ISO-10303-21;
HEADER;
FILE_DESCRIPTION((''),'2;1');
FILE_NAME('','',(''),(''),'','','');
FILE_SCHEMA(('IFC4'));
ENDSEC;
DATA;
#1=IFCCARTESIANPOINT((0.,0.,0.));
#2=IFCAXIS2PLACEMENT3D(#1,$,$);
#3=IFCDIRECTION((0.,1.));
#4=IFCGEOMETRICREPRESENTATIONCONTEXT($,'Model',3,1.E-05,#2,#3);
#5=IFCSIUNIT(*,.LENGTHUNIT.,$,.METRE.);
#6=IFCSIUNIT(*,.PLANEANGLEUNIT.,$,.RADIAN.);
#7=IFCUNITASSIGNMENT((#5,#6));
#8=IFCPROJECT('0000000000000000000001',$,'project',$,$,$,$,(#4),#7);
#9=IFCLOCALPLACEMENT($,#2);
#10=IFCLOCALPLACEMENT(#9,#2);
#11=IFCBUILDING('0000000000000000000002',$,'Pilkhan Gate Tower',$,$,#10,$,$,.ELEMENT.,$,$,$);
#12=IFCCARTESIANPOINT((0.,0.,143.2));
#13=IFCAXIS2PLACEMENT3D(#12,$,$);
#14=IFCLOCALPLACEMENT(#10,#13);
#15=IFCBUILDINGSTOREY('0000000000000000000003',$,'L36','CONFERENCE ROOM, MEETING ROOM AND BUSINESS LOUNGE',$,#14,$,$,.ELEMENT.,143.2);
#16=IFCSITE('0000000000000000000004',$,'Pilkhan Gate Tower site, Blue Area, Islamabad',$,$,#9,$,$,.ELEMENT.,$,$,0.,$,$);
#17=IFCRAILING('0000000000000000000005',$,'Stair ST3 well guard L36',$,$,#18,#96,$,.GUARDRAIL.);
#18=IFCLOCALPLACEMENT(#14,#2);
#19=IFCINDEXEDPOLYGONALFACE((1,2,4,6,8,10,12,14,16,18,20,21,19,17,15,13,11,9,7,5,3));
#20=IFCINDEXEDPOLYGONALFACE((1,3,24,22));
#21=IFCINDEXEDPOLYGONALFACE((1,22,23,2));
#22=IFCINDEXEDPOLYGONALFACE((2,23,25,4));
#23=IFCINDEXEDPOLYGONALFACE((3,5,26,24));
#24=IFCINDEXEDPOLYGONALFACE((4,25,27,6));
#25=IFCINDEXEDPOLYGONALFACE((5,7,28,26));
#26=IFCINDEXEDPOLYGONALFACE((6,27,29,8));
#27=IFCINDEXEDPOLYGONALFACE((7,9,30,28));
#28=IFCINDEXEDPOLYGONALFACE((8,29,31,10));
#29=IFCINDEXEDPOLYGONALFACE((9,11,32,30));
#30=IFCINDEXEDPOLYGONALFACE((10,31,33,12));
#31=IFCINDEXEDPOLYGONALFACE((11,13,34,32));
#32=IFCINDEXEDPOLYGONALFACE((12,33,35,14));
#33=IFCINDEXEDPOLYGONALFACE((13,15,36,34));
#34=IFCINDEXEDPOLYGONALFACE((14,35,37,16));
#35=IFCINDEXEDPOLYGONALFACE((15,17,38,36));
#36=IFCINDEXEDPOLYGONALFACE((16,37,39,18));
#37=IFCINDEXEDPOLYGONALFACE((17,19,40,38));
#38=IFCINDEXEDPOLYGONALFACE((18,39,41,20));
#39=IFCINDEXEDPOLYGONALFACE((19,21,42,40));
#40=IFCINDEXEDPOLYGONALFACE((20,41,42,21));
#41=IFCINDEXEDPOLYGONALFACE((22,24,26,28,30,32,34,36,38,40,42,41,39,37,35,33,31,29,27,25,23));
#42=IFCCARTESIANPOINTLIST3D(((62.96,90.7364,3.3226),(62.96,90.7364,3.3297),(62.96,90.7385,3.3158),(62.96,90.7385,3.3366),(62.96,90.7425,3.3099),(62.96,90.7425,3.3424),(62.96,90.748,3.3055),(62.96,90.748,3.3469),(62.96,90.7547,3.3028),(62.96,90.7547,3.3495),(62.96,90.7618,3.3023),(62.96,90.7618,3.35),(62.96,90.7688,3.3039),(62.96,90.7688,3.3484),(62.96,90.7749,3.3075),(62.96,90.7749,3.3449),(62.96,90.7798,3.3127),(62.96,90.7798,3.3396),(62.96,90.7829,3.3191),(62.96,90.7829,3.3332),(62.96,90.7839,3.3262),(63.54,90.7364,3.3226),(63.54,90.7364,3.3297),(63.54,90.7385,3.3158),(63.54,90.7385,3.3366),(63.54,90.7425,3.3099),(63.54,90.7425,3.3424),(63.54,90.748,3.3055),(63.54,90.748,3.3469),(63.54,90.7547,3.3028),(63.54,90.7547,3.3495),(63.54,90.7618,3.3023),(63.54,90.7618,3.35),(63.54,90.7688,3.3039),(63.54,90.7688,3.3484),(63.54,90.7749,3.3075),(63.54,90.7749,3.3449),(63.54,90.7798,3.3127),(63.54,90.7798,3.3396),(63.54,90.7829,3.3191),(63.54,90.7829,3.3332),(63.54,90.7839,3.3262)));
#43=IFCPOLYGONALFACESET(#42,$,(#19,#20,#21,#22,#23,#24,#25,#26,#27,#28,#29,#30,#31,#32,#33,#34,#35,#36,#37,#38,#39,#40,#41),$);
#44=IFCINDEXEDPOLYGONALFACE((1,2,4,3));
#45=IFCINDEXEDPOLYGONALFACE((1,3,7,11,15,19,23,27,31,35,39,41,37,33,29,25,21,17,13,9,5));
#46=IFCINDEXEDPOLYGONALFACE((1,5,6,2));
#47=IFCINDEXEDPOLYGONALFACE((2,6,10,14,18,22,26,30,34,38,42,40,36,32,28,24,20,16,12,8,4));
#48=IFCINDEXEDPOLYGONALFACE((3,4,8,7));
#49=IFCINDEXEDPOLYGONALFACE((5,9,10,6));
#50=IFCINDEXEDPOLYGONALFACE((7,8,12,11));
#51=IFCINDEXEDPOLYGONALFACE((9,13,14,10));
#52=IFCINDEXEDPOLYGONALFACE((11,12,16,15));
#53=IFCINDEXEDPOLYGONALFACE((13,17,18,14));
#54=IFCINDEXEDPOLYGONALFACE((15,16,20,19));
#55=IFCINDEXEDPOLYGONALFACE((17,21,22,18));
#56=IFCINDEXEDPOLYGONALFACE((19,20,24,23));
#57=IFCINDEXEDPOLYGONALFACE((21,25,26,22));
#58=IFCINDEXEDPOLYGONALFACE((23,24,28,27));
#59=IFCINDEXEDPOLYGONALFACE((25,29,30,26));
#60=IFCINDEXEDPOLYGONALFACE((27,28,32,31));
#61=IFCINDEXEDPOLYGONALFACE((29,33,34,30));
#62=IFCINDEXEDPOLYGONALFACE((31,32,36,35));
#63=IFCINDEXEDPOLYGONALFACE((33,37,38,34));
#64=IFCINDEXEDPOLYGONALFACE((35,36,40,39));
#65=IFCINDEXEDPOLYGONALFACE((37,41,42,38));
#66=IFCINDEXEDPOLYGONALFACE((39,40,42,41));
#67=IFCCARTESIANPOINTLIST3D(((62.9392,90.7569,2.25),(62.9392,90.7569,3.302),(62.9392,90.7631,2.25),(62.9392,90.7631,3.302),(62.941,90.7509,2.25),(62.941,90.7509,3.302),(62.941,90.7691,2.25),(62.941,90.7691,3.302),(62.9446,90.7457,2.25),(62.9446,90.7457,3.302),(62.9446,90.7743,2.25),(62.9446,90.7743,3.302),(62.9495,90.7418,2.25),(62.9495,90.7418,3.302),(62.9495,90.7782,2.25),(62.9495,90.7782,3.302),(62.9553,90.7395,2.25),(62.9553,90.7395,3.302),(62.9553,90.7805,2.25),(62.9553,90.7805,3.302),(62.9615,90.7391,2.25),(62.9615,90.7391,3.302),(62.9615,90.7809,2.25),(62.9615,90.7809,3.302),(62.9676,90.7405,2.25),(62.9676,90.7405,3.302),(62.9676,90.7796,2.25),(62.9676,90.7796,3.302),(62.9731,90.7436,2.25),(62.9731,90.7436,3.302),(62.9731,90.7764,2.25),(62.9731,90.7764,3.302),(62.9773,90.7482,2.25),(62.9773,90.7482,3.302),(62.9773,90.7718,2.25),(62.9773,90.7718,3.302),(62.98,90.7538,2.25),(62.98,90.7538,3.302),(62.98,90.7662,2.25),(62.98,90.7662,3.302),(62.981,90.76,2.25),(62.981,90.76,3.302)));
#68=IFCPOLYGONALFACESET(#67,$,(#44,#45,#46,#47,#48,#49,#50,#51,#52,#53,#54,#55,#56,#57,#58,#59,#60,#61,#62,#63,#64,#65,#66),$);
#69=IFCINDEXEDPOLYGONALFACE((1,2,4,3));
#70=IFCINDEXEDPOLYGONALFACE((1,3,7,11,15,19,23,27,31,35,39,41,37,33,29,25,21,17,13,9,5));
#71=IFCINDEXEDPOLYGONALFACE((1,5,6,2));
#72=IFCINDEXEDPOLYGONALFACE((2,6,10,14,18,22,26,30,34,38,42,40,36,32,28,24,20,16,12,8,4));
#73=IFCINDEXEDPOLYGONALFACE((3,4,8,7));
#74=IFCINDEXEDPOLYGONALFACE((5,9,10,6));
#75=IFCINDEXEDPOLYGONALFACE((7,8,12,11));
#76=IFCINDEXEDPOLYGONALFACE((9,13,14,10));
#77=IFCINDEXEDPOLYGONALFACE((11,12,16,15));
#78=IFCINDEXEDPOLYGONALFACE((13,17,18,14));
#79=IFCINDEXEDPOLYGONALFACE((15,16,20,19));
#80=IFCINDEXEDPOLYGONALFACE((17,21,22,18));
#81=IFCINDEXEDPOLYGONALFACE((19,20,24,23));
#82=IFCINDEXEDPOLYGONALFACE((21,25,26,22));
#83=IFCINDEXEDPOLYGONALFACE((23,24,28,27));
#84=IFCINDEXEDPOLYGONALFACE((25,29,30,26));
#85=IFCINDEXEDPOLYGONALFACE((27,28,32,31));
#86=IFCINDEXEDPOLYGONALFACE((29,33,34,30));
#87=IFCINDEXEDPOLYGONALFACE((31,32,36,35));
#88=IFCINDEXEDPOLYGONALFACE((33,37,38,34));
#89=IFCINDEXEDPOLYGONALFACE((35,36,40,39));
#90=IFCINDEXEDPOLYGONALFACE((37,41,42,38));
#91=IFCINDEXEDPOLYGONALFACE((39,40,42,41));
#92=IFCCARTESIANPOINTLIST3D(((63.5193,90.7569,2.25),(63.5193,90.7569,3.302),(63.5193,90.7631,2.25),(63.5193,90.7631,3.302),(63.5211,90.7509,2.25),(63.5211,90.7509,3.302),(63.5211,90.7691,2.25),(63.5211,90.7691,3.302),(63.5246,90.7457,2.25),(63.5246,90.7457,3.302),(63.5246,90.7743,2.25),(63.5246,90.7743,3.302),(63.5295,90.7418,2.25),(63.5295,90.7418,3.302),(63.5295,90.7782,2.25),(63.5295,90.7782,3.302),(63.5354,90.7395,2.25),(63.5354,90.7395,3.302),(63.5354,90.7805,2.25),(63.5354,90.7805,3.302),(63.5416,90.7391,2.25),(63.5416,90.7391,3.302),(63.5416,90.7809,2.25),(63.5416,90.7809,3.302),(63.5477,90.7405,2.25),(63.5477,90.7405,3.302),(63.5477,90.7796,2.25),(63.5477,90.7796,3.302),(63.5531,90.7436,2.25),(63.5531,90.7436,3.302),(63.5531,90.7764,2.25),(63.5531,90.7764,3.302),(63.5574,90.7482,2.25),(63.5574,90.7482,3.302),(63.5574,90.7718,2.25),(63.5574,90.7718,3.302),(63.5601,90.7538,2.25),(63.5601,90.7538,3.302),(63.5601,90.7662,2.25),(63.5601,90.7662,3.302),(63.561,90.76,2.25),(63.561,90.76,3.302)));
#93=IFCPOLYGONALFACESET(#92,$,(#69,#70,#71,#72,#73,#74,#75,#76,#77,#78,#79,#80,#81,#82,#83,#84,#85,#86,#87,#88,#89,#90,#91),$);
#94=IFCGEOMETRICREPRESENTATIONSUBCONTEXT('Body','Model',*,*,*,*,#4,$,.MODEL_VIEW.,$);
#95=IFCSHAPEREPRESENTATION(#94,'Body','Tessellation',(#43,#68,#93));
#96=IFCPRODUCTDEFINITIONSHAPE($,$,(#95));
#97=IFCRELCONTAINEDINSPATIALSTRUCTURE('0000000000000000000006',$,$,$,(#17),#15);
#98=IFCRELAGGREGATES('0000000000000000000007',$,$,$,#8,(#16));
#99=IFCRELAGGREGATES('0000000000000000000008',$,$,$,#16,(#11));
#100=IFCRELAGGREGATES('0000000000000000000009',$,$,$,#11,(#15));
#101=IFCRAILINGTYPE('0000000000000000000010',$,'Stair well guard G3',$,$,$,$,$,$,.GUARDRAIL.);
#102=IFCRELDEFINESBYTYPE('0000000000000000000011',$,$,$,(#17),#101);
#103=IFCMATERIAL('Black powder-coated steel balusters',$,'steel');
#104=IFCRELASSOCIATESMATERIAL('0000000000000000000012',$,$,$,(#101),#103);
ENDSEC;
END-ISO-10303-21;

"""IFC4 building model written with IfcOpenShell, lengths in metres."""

from ifc_helpers import new_model, si_unit, direction, frame, origin, origin_2d, place, context, subcontext, project, spatial, circle, extrude, material, type_object, element, save


model = new_model("IFC4")

# Units and contexts
model_context = context("Model", 3, precision=1e-05, world=origin(), true_north=direction((0.0, 1.0)))
body_context = subcontext(model_context, "Body", "Model", "MODEL_VIEW")
ifc_project = project(units=[si_unit("LENGTHUNIT", "METRE"), si_unit("PLANEANGLEUNIT", "RADIAN")], contexts=[model_context])

# Site, building, storey
site_placement = place(None, origin())
site = spatial("IfcSite", under=ifc_project, at=site_placement, Name="Pilkhan Gate Tower site, Blue Area, Islamabad", CompositionType="ELEMENT", RefElevation=0.0)
building_placement = place(site_placement, origin())
building = spatial("IfcBuilding", under=site, at=building_placement, Name="Pilkhan Gate Tower", CompositionType="ELEMENT")
storey_placement = place(building_placement, frame((0.0, 0.0, 143.2)))
storey = spatial("IfcBuildingStorey", under=building, at=storey_placement, Name="L36", Description="CONFERENCE ROOM, MEETING ROOM AND BUSINESS LOUNGE", CompositionType="ELEMENT", Elevation=143.2)

# Railing
ifc_material_1 = material(Name="Black powder-coated steel balusters", Category="steel")
railing_type_1 = type_object("IfcRailingType", Name="Stair well guard G3", PredefinedType="GUARDRAIL", material=ifc_material_1)
for number, where, name in (
    (1, (62.96, 90.76, 2.25), "Stair ST3 well guard L36"),
):
    element("IfcRailing", number, at=place(storey_placement, frame(where)), inside=storey, type_object=railing_type_1, Name=name, PredefinedType="GUARDRAIL", context=body_context, shape_type="SweptSolid", body=[
        extrude(circle(Radius=0.0239, at=origin_2d()), frame((0.0, 0.0, 1.0762), z_axis=(1.0, 0.0, 0.0), x_axis=(0.0, 1.0, 0.0)), (0.0, 0.0, 1.0), 0.5801),
        extrude(circle(Radius=0.021, at=origin_2d()), origin(), (0.0, 0.0, 1.0), 1.052),
        extrude(circle(Radius=0.021, at=origin_2d()), frame((0.5801, 0.0, 0.0)), (0.0, 0.0, 1.0), 1.052),
    ])

save(model, "model.ifc")
